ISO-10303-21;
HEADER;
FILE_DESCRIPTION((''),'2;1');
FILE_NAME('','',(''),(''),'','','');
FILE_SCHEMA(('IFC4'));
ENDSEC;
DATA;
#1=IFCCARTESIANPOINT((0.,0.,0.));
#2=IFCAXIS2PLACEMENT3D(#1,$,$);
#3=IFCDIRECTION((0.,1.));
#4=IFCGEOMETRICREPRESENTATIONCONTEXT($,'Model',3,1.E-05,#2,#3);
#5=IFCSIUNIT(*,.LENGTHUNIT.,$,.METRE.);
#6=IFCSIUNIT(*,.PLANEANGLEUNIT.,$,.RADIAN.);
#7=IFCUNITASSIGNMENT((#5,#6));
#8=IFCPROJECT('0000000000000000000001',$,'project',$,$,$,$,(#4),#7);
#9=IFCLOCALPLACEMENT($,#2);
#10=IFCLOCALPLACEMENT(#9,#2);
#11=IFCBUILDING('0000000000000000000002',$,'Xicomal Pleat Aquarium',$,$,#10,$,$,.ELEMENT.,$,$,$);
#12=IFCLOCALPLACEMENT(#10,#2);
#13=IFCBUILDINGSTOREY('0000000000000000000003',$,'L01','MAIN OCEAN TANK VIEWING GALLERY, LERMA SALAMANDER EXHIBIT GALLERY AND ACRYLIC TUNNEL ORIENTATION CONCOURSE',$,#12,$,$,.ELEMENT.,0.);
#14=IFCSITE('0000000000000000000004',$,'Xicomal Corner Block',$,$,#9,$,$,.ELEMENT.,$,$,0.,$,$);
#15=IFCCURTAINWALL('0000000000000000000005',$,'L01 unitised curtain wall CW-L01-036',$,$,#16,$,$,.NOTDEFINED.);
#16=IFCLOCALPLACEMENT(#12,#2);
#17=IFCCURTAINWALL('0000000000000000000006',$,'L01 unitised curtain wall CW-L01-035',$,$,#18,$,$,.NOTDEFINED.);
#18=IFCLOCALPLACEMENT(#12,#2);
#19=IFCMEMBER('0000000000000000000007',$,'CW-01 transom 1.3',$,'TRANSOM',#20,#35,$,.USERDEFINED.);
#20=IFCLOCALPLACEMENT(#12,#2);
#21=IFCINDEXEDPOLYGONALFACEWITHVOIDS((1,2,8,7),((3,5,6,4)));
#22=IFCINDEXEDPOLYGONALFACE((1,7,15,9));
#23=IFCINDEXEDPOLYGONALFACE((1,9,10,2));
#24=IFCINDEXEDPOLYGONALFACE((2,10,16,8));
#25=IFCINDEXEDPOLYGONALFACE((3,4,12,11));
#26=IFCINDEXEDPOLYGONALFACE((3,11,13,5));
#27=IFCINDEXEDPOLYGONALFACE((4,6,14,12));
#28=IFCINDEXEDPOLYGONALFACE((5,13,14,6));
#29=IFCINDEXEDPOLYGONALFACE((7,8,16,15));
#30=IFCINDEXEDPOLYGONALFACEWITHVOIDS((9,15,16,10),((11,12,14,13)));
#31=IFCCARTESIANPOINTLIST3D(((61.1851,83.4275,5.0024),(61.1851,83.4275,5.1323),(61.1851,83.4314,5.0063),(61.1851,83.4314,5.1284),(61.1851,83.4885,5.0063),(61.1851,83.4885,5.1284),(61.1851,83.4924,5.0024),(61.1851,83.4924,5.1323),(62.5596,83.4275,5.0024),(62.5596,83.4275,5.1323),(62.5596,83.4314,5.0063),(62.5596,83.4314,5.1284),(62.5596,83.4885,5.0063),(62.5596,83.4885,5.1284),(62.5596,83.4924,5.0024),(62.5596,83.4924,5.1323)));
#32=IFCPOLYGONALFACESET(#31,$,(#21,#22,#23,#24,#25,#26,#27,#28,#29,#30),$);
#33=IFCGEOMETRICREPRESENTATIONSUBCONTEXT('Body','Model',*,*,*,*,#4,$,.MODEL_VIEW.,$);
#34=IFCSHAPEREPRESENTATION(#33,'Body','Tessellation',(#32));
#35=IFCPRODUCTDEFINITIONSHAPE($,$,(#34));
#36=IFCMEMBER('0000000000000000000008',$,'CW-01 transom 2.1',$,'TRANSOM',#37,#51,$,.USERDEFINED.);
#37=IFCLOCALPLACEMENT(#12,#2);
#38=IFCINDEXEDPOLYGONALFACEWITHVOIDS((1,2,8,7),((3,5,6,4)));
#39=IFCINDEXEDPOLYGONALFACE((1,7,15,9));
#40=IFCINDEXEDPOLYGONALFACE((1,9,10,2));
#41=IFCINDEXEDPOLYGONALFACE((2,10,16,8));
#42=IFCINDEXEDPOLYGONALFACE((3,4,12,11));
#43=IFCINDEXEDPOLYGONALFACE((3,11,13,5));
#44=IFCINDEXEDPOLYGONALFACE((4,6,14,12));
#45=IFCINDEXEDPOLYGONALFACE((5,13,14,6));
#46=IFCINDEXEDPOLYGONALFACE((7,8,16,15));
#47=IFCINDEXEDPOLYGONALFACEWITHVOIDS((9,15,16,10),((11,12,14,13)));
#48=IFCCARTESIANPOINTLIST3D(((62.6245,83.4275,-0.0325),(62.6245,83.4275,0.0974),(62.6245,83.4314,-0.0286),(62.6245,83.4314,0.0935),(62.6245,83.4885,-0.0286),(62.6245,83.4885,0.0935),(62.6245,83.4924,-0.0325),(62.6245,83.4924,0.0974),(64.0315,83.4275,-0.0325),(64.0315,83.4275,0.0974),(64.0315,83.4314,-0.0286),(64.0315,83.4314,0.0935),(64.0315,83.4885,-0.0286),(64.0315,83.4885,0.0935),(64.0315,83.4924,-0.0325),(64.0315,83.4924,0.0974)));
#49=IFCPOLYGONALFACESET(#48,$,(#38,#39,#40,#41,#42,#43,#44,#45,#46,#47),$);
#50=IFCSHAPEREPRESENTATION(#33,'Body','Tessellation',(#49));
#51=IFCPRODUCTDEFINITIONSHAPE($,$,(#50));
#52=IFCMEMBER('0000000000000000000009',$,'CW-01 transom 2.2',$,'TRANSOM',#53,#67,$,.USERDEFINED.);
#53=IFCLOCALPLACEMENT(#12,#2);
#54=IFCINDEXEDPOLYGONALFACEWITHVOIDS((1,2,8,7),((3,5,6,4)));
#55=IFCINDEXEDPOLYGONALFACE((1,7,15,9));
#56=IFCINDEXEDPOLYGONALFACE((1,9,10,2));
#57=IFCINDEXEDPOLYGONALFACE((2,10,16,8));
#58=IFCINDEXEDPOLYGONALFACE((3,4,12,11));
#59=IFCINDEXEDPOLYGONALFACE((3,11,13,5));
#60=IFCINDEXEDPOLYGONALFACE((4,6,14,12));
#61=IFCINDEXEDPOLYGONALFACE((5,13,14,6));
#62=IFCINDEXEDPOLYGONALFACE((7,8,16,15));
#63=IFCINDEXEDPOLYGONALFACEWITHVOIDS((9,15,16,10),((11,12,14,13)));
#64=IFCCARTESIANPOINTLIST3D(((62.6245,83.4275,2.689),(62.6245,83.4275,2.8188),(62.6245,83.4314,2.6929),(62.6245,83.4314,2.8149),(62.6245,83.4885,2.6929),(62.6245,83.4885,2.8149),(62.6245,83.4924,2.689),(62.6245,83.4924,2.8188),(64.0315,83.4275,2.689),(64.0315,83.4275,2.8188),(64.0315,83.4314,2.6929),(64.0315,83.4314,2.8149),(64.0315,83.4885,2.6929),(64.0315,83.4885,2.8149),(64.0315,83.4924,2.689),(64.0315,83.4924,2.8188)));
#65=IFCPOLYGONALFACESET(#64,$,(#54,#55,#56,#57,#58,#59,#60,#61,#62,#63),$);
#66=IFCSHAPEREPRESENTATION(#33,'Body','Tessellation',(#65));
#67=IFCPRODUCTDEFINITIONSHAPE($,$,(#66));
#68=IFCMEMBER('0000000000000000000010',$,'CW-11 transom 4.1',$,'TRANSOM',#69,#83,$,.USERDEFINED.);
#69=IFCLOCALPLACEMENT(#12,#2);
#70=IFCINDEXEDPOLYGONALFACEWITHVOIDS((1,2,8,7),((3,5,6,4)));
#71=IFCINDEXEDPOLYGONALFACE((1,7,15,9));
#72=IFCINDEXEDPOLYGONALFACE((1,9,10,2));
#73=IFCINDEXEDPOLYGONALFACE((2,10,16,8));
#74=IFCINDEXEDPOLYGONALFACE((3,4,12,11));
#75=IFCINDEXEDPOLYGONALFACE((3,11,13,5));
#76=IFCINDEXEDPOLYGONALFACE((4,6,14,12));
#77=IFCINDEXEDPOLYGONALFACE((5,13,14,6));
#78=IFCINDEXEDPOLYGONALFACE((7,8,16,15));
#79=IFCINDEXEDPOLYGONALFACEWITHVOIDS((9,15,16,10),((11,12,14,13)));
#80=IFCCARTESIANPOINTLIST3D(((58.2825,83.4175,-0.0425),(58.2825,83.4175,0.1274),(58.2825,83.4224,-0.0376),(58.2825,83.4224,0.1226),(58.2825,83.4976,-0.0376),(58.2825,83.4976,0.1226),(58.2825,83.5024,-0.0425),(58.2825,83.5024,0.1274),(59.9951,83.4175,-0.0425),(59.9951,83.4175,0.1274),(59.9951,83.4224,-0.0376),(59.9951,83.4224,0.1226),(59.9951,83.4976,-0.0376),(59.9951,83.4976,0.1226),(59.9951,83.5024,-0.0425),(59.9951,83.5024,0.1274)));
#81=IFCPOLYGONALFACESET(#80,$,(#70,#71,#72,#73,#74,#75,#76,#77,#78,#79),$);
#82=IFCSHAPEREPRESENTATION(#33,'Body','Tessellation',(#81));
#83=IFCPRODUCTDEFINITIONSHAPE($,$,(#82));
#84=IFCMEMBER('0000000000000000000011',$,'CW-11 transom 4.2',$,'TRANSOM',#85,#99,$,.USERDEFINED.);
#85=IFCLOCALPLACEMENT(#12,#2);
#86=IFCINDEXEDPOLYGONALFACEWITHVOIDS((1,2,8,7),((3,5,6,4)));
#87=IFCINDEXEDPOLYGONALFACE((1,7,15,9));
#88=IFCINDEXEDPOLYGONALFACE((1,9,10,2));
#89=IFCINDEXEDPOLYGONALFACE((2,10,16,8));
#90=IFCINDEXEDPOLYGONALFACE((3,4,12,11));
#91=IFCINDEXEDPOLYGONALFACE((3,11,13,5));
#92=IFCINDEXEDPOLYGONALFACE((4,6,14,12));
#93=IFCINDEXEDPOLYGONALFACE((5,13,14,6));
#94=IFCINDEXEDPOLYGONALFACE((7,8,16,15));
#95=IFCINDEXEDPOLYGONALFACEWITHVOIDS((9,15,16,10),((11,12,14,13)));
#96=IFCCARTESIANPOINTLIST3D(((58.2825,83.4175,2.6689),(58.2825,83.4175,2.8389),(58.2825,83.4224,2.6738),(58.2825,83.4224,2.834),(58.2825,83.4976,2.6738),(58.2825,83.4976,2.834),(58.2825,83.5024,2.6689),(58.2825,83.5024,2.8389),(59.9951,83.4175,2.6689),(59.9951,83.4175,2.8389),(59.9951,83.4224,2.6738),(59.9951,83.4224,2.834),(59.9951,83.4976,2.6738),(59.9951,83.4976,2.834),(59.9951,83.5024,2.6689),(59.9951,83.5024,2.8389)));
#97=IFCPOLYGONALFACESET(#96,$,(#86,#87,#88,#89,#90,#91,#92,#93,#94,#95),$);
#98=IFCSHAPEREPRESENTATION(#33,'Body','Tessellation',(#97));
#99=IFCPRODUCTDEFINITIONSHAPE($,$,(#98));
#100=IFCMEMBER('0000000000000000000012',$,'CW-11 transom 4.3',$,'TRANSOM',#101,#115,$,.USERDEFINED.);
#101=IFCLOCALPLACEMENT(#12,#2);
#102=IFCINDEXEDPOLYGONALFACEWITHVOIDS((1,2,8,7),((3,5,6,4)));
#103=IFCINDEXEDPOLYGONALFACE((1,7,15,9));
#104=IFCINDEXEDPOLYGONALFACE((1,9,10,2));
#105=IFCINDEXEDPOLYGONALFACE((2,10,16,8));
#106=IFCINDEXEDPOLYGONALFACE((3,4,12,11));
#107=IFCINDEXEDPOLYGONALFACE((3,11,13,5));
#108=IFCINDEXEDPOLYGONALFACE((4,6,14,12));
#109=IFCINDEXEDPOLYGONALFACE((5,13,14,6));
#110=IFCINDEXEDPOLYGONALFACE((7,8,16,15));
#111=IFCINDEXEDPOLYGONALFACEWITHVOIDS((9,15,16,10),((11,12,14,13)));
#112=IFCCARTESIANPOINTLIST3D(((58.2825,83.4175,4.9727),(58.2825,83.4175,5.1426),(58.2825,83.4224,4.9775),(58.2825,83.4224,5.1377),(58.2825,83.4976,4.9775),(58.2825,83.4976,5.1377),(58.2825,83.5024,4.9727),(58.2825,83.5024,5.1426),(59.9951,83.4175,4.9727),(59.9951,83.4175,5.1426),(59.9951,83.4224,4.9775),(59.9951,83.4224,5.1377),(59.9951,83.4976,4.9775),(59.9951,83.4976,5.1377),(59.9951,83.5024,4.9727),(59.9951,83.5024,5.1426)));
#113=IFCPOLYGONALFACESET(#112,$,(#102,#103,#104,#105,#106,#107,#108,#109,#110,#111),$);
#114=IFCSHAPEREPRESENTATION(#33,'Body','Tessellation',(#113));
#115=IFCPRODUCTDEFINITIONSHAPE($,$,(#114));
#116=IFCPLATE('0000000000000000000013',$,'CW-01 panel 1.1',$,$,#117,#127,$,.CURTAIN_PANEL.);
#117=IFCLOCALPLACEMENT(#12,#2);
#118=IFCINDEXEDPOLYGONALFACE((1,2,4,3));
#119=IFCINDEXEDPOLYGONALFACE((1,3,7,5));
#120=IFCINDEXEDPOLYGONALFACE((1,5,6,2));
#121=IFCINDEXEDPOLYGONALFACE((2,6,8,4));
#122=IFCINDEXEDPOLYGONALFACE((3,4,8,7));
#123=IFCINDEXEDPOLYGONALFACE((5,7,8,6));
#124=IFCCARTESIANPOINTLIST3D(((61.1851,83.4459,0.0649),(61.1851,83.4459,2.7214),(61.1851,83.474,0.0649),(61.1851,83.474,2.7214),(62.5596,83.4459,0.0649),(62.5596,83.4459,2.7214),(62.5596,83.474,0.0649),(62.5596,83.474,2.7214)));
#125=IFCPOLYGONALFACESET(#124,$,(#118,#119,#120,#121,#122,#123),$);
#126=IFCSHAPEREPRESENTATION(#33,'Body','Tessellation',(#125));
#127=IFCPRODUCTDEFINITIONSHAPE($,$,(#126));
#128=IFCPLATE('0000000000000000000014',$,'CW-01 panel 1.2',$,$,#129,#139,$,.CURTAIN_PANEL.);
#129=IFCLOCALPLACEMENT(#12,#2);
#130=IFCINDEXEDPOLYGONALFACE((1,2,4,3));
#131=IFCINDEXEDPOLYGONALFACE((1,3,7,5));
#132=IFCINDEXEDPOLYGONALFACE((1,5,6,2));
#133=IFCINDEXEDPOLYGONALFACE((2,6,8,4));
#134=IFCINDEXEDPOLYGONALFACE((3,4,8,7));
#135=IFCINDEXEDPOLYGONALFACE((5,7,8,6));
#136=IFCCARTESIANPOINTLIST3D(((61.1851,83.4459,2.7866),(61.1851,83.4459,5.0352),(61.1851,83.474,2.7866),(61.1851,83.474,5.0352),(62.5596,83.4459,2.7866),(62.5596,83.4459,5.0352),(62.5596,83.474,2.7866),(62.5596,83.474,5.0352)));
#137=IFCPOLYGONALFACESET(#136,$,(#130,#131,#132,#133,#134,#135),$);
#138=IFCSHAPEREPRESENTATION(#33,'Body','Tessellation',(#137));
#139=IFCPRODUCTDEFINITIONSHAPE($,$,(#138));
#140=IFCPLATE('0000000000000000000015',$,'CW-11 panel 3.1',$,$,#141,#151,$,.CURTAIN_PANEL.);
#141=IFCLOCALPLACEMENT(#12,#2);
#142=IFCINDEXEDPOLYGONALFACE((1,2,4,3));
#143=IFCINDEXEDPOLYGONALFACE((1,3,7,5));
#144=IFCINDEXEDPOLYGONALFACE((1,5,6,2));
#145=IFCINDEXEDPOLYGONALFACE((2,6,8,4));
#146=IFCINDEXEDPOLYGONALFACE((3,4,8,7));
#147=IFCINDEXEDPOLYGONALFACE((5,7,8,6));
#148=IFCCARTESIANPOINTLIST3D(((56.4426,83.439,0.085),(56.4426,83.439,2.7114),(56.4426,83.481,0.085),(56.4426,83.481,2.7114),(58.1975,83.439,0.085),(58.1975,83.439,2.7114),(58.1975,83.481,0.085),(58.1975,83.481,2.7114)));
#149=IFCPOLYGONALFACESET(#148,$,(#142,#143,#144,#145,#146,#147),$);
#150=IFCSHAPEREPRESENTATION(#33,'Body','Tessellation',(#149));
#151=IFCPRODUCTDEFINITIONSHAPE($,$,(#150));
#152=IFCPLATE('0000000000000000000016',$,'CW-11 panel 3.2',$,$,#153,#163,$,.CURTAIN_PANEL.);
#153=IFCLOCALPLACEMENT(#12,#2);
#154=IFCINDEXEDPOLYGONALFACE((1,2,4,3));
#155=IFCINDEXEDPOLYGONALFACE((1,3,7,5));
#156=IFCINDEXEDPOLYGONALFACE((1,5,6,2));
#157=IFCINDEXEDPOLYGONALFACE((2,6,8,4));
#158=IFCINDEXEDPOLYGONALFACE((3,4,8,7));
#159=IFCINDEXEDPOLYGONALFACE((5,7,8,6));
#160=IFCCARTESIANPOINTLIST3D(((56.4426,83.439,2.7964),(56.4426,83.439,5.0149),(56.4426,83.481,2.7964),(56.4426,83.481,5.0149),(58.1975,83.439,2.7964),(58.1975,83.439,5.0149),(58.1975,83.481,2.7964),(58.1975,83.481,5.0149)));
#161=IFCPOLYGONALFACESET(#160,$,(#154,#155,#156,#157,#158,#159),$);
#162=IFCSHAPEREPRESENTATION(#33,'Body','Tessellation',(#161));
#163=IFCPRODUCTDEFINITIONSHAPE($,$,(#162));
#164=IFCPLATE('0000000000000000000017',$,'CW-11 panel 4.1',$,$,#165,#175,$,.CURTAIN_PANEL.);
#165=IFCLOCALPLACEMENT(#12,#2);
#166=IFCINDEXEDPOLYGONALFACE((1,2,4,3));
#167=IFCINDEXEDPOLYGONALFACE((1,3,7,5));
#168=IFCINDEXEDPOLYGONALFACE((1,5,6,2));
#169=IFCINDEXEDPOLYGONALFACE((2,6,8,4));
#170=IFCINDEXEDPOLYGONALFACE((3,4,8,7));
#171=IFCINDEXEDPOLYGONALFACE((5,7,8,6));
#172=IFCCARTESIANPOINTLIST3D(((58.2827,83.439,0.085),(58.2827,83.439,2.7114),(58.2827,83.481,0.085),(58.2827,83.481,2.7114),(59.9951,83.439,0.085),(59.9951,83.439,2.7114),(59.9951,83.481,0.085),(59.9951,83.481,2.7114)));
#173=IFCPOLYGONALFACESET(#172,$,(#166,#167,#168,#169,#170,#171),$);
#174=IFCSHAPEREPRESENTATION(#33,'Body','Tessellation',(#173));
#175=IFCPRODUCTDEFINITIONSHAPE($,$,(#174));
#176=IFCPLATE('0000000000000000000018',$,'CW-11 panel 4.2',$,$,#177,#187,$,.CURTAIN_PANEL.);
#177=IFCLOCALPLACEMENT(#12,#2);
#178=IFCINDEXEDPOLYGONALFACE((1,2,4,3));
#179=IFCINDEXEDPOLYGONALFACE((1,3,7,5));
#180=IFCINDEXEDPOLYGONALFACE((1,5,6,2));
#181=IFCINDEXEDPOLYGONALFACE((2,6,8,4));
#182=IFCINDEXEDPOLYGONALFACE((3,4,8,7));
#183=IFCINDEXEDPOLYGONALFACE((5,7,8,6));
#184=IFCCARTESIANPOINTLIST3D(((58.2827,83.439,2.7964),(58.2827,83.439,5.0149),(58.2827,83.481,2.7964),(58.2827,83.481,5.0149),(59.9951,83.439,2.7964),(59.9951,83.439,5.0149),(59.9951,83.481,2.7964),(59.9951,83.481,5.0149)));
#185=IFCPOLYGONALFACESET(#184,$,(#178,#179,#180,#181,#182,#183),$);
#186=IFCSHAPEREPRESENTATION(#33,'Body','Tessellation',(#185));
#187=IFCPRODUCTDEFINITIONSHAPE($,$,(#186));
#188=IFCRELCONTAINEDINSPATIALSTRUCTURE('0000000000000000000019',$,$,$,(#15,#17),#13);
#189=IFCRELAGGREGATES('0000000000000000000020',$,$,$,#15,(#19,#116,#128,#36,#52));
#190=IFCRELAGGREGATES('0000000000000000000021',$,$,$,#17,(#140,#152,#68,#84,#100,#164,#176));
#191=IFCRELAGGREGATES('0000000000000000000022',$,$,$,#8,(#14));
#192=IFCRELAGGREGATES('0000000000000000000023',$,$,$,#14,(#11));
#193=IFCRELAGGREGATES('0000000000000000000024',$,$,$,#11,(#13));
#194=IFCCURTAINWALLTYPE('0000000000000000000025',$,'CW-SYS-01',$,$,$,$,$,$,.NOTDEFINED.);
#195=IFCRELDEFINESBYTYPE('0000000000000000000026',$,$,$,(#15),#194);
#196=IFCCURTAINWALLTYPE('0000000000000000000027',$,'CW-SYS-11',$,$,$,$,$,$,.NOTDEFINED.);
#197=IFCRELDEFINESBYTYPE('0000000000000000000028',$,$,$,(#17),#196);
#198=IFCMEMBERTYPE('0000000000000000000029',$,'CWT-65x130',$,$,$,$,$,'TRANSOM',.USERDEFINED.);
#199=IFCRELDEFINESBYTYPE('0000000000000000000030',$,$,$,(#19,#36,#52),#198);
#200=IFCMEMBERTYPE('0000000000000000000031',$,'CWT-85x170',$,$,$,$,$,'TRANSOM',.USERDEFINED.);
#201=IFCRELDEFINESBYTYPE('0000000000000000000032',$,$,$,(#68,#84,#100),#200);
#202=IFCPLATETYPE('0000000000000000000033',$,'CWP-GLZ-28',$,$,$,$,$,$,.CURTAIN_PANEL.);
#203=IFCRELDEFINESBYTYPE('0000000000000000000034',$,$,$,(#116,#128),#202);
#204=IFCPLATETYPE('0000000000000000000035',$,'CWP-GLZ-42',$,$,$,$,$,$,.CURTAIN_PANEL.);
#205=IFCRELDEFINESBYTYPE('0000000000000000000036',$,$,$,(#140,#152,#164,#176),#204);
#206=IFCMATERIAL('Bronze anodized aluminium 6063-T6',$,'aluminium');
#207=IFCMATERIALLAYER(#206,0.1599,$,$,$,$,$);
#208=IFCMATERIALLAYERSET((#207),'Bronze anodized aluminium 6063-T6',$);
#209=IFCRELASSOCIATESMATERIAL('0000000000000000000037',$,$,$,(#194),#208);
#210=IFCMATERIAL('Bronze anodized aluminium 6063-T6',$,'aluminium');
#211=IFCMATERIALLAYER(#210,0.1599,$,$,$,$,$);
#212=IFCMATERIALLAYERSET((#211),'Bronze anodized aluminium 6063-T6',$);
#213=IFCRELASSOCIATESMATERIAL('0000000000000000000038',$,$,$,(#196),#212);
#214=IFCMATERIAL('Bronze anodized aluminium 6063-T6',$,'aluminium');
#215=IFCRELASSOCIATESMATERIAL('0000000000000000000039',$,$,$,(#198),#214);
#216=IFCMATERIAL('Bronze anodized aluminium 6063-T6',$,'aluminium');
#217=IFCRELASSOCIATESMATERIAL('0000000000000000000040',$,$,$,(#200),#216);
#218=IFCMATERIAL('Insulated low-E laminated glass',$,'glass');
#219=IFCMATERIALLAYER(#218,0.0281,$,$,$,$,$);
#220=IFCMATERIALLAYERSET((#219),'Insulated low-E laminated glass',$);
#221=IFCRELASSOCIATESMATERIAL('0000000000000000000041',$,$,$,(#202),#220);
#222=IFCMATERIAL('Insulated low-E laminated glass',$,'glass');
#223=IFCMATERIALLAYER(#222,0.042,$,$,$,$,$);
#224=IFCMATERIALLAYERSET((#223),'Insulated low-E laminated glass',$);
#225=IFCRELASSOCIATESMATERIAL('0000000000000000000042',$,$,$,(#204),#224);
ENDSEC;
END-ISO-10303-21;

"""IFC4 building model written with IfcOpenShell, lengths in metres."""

from ifc_helpers import new_model, si_unit, direction, frame, origin, origin_2d, place, context, subcontext, project, spatial, rectangle, hollow_rectangle, extrude, material, layer, layer_set, material_profile, profile_set, type_object, element, aggregate, save


model = new_model("IFC4")

# Units and contexts
model_context = context("Model", 3, precision=1e-05, world=origin(), true_north=direction((0.0, 1.0)))
body_context = subcontext(model_context, "Body", "Model", "MODEL_VIEW")
ifc_project = project(units=[si_unit("LENGTHUNIT", "METRE"), si_unit("PLANEANGLEUNIT", "RADIAN")], contexts=[model_context])

# Site, building, storey
site_placement = place(None, origin())
site = spatial("IfcSite", under=ifc_project, at=site_placement, Name="Xicomal Corner Block", CompositionType="ELEMENT", RefElevation=0.0)
building_placement = place(site_placement, origin())
building = spatial("IfcBuilding", under=site, at=building_placement, Name="Xicomal Pleat Aquarium", CompositionType="ELEMENT")
storey_placement = place(building_placement, origin())
storey = spatial("IfcBuildingStorey", under=building, at=storey_placement, Name="L01", Description="MAIN OCEAN TANK VIEWING GALLERY, LERMA SALAMANDER EXHIBIT GALLERY AND ACRYLIC TUNNEL ORIENTATION CONCOURSE", CompositionType="ELEMENT", Elevation=0.0)

# Curtain walls
ifc_material_1 = material(Name="Bronze anodized aluminium 6063-T6", Category="aluminium")
ifc_layer_1 = layer(ifc_material_1, 0.1599)
ifc_layer_set_1 = layer_set([ifc_layer_1], Name="Bronze anodized aluminium 6063-T6")
curtain_wall_type_1 = type_object("IfcCurtainWallType", Name="CW-SYS-01", PredefinedType="NOTDEFINED", material=ifc_layer_set_1)
curtain_wall_1_placement = place(storey_placement, origin())
curtain_wall_1 = element("IfcCurtainWall", 1, at=curtain_wall_1_placement, inside=storey, type_object=curtain_wall_type_1, Name="L01 unitised curtain wall CW-L01-036", PredefinedType="NOTDEFINED")
ifc_material_2 = material(Name="Bronze anodized aluminium 6063-T6", Category="aluminium")
ifc_layer_2 = layer(ifc_material_2, 0.1599)
ifc_layer_set_2 = layer_set([ifc_layer_2], Name="Bronze anodized aluminium 6063-T6")
curtain_wall_type_2 = type_object("IfcCurtainWallType", Name="CW-SYS-11", PredefinedType="NOTDEFINED", material=ifc_layer_set_2)
curtain_wall_2_placement = place(storey_placement, origin())
curtain_wall_2 = element("IfcCurtainWall", 2, at=curtain_wall_2_placement, inside=storey, type_object=curtain_wall_type_2, Name="L01 unitised curtain wall CW-L01-035", PredefinedType="NOTDEFINED")

# Members
ifc_material_3 = material(Name="Bronze anodized aluminium 6063-T6", Category="aluminium")
ifc_material_profile_1 = material_profile(ifc_material_3, hollow_rectangle(XDim=0.0649, YDim=0.1299, WallThickness=0.0039, at=origin_2d()), Name="ALU TRAN 65x130")
ifc_profile_set_1 = profile_set([ifc_material_profile_1], Name="Bronze anodized aluminium 6063-T6")
member_type_1 = type_object("IfcMemberType", Name="CWT-65x130", ElementType="TRANSOM", PredefinedType="USERDEFINED", material=ifc_profile_set_1)
member_1_placement = place(storey_placement, frame((61.1851, 83.46, 5.0674), z_axis=(1.0, 0.0, 0.0), x_axis=(0.0, 1.0, 0.0)))
member_1 = element("IfcMember", 3, at=member_1_placement, type_object=member_type_1, Name="CW-01 transom 1.3", ObjectType="TRANSOM", PredefinedType="USERDEFINED", context=body_context, shape_type="SweptSolid", body=[
    extrude(hollow_rectangle(XDim=0.0649, YDim=0.1299, WallThickness=0.0039, at=origin_2d()), origin(), (0.0, 0.0, 1.0), 1.3745),
])
member_2_placement = place(storey_placement, frame((62.6245, 83.46, 0.0325), z_axis=(1.0, 0.0, 0.0), x_axis=(0.0, 1.0, 0.0)))
member_2 = element("IfcMember", 4, at=member_2_placement, type_object=member_type_1, Name="CW-01 transom 2.1", ObjectType="TRANSOM", PredefinedType="USERDEFINED", context=body_context, shape_type="SweptSolid", body=[
    extrude(hollow_rectangle(XDim=0.0649, YDim=0.1299, WallThickness=0.0039, at=origin_2d()), origin(), (0.0, 0.0, 1.0), 1.407),
])
member_3_placement = place(storey_placement, frame((62.6245, 83.46, 2.7539), z_axis=(1.0, 0.0, 0.0), x_axis=(0.0, 1.0, 0.0)))
member_3 = element("IfcMember", 5, at=member_3_placement, type_object=member_type_1, Name="CW-01 transom 2.2", ObjectType="TRANSOM", PredefinedType="USERDEFINED", context=body_context, shape_type="SweptSolid", body=[
    extrude(hollow_rectangle(XDim=0.0649, YDim=0.1299, WallThickness=0.0039, at=origin_2d()), origin(), (0.0, 0.0, 1.0), 1.407),
])
ifc_material_4 = material(Name="Bronze anodized aluminium 6063-T6", Category="aluminium")
ifc_material_profile_2 = material_profile(ifc_material_4, hollow_rectangle(XDim=0.085, YDim=0.1699, WallThickness=0.0049, at=origin_2d()), Name="ALU TRAN 85x170")
ifc_profile_set_2 = profile_set([ifc_material_profile_2], Name="Bronze anodized aluminium 6063-T6")
member_type_2 = type_object("IfcMemberType", Name="CWT-85x170", ElementType="TRANSOM", PredefinedType="USERDEFINED", material=ifc_profile_set_2)
member_4_placement = place(storey_placement, frame((58.2825, 83.46, 0.0425), z_axis=(1.0, 0.0, 0.0), x_axis=(0.0, 1.0, 0.0)))
member_4 = element("IfcMember", 6, at=member_4_placement, type_object=member_type_2, Name="CW-11 transom 4.1", ObjectType="TRANSOM", PredefinedType="USERDEFINED", context=body_context, shape_type="SweptSolid", body=[
    extrude(hollow_rectangle(XDim=0.085, YDim=0.1699, WallThickness=0.0049, at=origin_2d()), origin(), (0.0, 0.0, 1.0), 1.7126),
])
member_5_placement = place(storey_placement, frame((58.2825, 83.46, 2.7539), z_axis=(1.0, 0.0, 0.0), x_axis=(0.0, 1.0, 0.0)))
member_5 = element("IfcMember", 7, at=member_5_placement, type_object=member_type_2, Name="CW-11 transom 4.2", ObjectType="TRANSOM", PredefinedType="USERDEFINED", context=body_context, shape_type="SweptSolid", body=[
    extrude(hollow_rectangle(XDim=0.085, YDim=0.1699, WallThickness=0.0049, at=origin_2d()), origin(), (0.0, 0.0, 1.0), 1.7126),
])
member_6_placement = place(storey_placement, frame((58.2825, 83.46, 5.0576), z_axis=(1.0, 0.0, 0.0), x_axis=(0.0, 1.0, 0.0)))
member_6 = element("IfcMember", 8, at=member_6_placement, type_object=member_type_2, Name="CW-11 transom 4.3", ObjectType="TRANSOM", PredefinedType="USERDEFINED", context=body_context, shape_type="SweptSolid", body=[
    extrude(hollow_rectangle(XDim=0.085, YDim=0.1699, WallThickness=0.0049, at=origin_2d()), origin(), (0.0, 0.0, 1.0), 1.7126),
])

# Plates
ifc_material_5 = material(Name="Insulated low-E laminated glass", Category="glass")
ifc_layer_3 = layer(ifc_material_5, 0.0281)
ifc_layer_set_3 = layer_set([ifc_layer_3], Name="Insulated low-E laminated glass")
plate_type_1 = type_object("IfcPlateType", Name="CWP-GLZ-28", PredefinedType="CURTAIN_PANEL", material=ifc_layer_set_3)
plate_1_placement = place(storey_placement, frame((61.8723, 83.46, 0.0649), z_axis=(0.0, 0.0, 1.0), x_axis=(1.0, 0.0, 0.0)))
plate_1 = element("IfcPlate", 9, at=plate_1_placement, type_object=plate_type_1, Name="CW-01 panel 1.1", PredefinedType="CURTAIN_PANEL", context=body_context, shape_type="SweptSolid", body=[
    extrude(rectangle(XDim=1.3745, YDim=0.0281, at=origin_2d()), origin(), (0.0, 0.0, 1.0), 2.6565),
])
plate_2_placement = place(storey_placement, frame((61.8723, 83.46, 2.7866), z_axis=(0.0, 0.0, 1.0), x_axis=(1.0, 0.0, 0.0)))
plate_2 = element("IfcPlate", 10, at=plate_2_placement, type_object=plate_type_1, Name="CW-01 panel 1.2", PredefinedType="CURTAIN_PANEL", context=body_context, shape_type="SweptSolid", body=[
    extrude(rectangle(XDim=1.3745, YDim=0.0281, at=origin_2d()), origin(), (0.0, 0.0, 1.0), 2.2485),
])
aggregate(curtain_wall_1, [member_1, plate_1, plate_2, member_2, member_3])
ifc_material_6 = material(Name="Insulated low-E laminated glass", Category="glass")
ifc_layer_4 = layer(ifc_material_6, 0.042)
ifc_layer_set_4 = layer_set([ifc_layer_4], Name="Insulated low-E laminated glass")
plate_type_2 = type_object("IfcPlateType", Name="CWP-GLZ-42", PredefinedType="CURTAIN_PANEL", material=ifc_layer_set_4)
plate_3_placement = place(storey_placement, frame((57.3201, 83.46, 0.085), z_axis=(0.0, 0.0, 1.0), x_axis=(1.0, 0.0, 0.0)))
plate_3 = element("IfcPlate", 11, at=plate_3_placement, type_object=plate_type_2, Name="CW-11 panel 3.1", PredefinedType="CURTAIN_PANEL", context=body_context, shape_type="SweptSolid", body=[
    extrude(rectangle(XDim=1.7549, YDim=0.042, at=origin_2d()), origin(), (0.0, 0.0, 1.0), 2.6265),
])
plate_4_placement = place(storey_placement, frame((57.3201, 83.46, 2.7964), z_axis=(0.0, 0.0, 1.0), x_axis=(1.0, 0.0, 0.0)))
plate_4 = element("IfcPlate", 12, at=plate_4_placement, type_object=plate_type_2, Name="CW-11 panel 3.2", PredefinedType="CURTAIN_PANEL", context=body_context, shape_type="SweptSolid", body=[
    extrude(rectangle(XDim=1.7549, YDim=0.042, at=origin_2d()), origin(), (0.0, 0.0, 1.0), 2.2185),
])
plate_5_placement = place(storey_placement, frame((59.1389, 83.46, 0.085), z_axis=(0.0, 0.0, 1.0), x_axis=(1.0, 0.0, 0.0)))
plate_5 = element("IfcPlate", 13, at=plate_5_placement, type_object=plate_type_2, Name="CW-11 panel 4.1", PredefinedType="CURTAIN_PANEL", context=body_context, shape_type="SweptSolid", body=[
    extrude(rectangle(XDim=1.7124, YDim=0.042, at=origin_2d()), origin(), (0.0, 0.0, 1.0), 2.6265),
])
plate_6_placement = place(storey_placement, frame((59.1389, 83.46, 2.7964), z_axis=(0.0, 0.0, 1.0), x_axis=(1.0, 0.0, 0.0)))
plate_6 = element("IfcPlate", 14, at=plate_6_placement, type_object=plate_type_2, Name="CW-11 panel 4.2", PredefinedType="CURTAIN_PANEL", context=body_context, shape_type="SweptSolid", body=[
    extrude(rectangle(XDim=1.7124, YDim=0.042, at=origin_2d()), origin(), (0.0, 0.0, 1.0), 2.2185),
])
aggregate(curtain_wall_2, [plate_3, plate_4, member_4, member_5, member_6, plate_5, plate_6])

save(model, "model.ifc")
